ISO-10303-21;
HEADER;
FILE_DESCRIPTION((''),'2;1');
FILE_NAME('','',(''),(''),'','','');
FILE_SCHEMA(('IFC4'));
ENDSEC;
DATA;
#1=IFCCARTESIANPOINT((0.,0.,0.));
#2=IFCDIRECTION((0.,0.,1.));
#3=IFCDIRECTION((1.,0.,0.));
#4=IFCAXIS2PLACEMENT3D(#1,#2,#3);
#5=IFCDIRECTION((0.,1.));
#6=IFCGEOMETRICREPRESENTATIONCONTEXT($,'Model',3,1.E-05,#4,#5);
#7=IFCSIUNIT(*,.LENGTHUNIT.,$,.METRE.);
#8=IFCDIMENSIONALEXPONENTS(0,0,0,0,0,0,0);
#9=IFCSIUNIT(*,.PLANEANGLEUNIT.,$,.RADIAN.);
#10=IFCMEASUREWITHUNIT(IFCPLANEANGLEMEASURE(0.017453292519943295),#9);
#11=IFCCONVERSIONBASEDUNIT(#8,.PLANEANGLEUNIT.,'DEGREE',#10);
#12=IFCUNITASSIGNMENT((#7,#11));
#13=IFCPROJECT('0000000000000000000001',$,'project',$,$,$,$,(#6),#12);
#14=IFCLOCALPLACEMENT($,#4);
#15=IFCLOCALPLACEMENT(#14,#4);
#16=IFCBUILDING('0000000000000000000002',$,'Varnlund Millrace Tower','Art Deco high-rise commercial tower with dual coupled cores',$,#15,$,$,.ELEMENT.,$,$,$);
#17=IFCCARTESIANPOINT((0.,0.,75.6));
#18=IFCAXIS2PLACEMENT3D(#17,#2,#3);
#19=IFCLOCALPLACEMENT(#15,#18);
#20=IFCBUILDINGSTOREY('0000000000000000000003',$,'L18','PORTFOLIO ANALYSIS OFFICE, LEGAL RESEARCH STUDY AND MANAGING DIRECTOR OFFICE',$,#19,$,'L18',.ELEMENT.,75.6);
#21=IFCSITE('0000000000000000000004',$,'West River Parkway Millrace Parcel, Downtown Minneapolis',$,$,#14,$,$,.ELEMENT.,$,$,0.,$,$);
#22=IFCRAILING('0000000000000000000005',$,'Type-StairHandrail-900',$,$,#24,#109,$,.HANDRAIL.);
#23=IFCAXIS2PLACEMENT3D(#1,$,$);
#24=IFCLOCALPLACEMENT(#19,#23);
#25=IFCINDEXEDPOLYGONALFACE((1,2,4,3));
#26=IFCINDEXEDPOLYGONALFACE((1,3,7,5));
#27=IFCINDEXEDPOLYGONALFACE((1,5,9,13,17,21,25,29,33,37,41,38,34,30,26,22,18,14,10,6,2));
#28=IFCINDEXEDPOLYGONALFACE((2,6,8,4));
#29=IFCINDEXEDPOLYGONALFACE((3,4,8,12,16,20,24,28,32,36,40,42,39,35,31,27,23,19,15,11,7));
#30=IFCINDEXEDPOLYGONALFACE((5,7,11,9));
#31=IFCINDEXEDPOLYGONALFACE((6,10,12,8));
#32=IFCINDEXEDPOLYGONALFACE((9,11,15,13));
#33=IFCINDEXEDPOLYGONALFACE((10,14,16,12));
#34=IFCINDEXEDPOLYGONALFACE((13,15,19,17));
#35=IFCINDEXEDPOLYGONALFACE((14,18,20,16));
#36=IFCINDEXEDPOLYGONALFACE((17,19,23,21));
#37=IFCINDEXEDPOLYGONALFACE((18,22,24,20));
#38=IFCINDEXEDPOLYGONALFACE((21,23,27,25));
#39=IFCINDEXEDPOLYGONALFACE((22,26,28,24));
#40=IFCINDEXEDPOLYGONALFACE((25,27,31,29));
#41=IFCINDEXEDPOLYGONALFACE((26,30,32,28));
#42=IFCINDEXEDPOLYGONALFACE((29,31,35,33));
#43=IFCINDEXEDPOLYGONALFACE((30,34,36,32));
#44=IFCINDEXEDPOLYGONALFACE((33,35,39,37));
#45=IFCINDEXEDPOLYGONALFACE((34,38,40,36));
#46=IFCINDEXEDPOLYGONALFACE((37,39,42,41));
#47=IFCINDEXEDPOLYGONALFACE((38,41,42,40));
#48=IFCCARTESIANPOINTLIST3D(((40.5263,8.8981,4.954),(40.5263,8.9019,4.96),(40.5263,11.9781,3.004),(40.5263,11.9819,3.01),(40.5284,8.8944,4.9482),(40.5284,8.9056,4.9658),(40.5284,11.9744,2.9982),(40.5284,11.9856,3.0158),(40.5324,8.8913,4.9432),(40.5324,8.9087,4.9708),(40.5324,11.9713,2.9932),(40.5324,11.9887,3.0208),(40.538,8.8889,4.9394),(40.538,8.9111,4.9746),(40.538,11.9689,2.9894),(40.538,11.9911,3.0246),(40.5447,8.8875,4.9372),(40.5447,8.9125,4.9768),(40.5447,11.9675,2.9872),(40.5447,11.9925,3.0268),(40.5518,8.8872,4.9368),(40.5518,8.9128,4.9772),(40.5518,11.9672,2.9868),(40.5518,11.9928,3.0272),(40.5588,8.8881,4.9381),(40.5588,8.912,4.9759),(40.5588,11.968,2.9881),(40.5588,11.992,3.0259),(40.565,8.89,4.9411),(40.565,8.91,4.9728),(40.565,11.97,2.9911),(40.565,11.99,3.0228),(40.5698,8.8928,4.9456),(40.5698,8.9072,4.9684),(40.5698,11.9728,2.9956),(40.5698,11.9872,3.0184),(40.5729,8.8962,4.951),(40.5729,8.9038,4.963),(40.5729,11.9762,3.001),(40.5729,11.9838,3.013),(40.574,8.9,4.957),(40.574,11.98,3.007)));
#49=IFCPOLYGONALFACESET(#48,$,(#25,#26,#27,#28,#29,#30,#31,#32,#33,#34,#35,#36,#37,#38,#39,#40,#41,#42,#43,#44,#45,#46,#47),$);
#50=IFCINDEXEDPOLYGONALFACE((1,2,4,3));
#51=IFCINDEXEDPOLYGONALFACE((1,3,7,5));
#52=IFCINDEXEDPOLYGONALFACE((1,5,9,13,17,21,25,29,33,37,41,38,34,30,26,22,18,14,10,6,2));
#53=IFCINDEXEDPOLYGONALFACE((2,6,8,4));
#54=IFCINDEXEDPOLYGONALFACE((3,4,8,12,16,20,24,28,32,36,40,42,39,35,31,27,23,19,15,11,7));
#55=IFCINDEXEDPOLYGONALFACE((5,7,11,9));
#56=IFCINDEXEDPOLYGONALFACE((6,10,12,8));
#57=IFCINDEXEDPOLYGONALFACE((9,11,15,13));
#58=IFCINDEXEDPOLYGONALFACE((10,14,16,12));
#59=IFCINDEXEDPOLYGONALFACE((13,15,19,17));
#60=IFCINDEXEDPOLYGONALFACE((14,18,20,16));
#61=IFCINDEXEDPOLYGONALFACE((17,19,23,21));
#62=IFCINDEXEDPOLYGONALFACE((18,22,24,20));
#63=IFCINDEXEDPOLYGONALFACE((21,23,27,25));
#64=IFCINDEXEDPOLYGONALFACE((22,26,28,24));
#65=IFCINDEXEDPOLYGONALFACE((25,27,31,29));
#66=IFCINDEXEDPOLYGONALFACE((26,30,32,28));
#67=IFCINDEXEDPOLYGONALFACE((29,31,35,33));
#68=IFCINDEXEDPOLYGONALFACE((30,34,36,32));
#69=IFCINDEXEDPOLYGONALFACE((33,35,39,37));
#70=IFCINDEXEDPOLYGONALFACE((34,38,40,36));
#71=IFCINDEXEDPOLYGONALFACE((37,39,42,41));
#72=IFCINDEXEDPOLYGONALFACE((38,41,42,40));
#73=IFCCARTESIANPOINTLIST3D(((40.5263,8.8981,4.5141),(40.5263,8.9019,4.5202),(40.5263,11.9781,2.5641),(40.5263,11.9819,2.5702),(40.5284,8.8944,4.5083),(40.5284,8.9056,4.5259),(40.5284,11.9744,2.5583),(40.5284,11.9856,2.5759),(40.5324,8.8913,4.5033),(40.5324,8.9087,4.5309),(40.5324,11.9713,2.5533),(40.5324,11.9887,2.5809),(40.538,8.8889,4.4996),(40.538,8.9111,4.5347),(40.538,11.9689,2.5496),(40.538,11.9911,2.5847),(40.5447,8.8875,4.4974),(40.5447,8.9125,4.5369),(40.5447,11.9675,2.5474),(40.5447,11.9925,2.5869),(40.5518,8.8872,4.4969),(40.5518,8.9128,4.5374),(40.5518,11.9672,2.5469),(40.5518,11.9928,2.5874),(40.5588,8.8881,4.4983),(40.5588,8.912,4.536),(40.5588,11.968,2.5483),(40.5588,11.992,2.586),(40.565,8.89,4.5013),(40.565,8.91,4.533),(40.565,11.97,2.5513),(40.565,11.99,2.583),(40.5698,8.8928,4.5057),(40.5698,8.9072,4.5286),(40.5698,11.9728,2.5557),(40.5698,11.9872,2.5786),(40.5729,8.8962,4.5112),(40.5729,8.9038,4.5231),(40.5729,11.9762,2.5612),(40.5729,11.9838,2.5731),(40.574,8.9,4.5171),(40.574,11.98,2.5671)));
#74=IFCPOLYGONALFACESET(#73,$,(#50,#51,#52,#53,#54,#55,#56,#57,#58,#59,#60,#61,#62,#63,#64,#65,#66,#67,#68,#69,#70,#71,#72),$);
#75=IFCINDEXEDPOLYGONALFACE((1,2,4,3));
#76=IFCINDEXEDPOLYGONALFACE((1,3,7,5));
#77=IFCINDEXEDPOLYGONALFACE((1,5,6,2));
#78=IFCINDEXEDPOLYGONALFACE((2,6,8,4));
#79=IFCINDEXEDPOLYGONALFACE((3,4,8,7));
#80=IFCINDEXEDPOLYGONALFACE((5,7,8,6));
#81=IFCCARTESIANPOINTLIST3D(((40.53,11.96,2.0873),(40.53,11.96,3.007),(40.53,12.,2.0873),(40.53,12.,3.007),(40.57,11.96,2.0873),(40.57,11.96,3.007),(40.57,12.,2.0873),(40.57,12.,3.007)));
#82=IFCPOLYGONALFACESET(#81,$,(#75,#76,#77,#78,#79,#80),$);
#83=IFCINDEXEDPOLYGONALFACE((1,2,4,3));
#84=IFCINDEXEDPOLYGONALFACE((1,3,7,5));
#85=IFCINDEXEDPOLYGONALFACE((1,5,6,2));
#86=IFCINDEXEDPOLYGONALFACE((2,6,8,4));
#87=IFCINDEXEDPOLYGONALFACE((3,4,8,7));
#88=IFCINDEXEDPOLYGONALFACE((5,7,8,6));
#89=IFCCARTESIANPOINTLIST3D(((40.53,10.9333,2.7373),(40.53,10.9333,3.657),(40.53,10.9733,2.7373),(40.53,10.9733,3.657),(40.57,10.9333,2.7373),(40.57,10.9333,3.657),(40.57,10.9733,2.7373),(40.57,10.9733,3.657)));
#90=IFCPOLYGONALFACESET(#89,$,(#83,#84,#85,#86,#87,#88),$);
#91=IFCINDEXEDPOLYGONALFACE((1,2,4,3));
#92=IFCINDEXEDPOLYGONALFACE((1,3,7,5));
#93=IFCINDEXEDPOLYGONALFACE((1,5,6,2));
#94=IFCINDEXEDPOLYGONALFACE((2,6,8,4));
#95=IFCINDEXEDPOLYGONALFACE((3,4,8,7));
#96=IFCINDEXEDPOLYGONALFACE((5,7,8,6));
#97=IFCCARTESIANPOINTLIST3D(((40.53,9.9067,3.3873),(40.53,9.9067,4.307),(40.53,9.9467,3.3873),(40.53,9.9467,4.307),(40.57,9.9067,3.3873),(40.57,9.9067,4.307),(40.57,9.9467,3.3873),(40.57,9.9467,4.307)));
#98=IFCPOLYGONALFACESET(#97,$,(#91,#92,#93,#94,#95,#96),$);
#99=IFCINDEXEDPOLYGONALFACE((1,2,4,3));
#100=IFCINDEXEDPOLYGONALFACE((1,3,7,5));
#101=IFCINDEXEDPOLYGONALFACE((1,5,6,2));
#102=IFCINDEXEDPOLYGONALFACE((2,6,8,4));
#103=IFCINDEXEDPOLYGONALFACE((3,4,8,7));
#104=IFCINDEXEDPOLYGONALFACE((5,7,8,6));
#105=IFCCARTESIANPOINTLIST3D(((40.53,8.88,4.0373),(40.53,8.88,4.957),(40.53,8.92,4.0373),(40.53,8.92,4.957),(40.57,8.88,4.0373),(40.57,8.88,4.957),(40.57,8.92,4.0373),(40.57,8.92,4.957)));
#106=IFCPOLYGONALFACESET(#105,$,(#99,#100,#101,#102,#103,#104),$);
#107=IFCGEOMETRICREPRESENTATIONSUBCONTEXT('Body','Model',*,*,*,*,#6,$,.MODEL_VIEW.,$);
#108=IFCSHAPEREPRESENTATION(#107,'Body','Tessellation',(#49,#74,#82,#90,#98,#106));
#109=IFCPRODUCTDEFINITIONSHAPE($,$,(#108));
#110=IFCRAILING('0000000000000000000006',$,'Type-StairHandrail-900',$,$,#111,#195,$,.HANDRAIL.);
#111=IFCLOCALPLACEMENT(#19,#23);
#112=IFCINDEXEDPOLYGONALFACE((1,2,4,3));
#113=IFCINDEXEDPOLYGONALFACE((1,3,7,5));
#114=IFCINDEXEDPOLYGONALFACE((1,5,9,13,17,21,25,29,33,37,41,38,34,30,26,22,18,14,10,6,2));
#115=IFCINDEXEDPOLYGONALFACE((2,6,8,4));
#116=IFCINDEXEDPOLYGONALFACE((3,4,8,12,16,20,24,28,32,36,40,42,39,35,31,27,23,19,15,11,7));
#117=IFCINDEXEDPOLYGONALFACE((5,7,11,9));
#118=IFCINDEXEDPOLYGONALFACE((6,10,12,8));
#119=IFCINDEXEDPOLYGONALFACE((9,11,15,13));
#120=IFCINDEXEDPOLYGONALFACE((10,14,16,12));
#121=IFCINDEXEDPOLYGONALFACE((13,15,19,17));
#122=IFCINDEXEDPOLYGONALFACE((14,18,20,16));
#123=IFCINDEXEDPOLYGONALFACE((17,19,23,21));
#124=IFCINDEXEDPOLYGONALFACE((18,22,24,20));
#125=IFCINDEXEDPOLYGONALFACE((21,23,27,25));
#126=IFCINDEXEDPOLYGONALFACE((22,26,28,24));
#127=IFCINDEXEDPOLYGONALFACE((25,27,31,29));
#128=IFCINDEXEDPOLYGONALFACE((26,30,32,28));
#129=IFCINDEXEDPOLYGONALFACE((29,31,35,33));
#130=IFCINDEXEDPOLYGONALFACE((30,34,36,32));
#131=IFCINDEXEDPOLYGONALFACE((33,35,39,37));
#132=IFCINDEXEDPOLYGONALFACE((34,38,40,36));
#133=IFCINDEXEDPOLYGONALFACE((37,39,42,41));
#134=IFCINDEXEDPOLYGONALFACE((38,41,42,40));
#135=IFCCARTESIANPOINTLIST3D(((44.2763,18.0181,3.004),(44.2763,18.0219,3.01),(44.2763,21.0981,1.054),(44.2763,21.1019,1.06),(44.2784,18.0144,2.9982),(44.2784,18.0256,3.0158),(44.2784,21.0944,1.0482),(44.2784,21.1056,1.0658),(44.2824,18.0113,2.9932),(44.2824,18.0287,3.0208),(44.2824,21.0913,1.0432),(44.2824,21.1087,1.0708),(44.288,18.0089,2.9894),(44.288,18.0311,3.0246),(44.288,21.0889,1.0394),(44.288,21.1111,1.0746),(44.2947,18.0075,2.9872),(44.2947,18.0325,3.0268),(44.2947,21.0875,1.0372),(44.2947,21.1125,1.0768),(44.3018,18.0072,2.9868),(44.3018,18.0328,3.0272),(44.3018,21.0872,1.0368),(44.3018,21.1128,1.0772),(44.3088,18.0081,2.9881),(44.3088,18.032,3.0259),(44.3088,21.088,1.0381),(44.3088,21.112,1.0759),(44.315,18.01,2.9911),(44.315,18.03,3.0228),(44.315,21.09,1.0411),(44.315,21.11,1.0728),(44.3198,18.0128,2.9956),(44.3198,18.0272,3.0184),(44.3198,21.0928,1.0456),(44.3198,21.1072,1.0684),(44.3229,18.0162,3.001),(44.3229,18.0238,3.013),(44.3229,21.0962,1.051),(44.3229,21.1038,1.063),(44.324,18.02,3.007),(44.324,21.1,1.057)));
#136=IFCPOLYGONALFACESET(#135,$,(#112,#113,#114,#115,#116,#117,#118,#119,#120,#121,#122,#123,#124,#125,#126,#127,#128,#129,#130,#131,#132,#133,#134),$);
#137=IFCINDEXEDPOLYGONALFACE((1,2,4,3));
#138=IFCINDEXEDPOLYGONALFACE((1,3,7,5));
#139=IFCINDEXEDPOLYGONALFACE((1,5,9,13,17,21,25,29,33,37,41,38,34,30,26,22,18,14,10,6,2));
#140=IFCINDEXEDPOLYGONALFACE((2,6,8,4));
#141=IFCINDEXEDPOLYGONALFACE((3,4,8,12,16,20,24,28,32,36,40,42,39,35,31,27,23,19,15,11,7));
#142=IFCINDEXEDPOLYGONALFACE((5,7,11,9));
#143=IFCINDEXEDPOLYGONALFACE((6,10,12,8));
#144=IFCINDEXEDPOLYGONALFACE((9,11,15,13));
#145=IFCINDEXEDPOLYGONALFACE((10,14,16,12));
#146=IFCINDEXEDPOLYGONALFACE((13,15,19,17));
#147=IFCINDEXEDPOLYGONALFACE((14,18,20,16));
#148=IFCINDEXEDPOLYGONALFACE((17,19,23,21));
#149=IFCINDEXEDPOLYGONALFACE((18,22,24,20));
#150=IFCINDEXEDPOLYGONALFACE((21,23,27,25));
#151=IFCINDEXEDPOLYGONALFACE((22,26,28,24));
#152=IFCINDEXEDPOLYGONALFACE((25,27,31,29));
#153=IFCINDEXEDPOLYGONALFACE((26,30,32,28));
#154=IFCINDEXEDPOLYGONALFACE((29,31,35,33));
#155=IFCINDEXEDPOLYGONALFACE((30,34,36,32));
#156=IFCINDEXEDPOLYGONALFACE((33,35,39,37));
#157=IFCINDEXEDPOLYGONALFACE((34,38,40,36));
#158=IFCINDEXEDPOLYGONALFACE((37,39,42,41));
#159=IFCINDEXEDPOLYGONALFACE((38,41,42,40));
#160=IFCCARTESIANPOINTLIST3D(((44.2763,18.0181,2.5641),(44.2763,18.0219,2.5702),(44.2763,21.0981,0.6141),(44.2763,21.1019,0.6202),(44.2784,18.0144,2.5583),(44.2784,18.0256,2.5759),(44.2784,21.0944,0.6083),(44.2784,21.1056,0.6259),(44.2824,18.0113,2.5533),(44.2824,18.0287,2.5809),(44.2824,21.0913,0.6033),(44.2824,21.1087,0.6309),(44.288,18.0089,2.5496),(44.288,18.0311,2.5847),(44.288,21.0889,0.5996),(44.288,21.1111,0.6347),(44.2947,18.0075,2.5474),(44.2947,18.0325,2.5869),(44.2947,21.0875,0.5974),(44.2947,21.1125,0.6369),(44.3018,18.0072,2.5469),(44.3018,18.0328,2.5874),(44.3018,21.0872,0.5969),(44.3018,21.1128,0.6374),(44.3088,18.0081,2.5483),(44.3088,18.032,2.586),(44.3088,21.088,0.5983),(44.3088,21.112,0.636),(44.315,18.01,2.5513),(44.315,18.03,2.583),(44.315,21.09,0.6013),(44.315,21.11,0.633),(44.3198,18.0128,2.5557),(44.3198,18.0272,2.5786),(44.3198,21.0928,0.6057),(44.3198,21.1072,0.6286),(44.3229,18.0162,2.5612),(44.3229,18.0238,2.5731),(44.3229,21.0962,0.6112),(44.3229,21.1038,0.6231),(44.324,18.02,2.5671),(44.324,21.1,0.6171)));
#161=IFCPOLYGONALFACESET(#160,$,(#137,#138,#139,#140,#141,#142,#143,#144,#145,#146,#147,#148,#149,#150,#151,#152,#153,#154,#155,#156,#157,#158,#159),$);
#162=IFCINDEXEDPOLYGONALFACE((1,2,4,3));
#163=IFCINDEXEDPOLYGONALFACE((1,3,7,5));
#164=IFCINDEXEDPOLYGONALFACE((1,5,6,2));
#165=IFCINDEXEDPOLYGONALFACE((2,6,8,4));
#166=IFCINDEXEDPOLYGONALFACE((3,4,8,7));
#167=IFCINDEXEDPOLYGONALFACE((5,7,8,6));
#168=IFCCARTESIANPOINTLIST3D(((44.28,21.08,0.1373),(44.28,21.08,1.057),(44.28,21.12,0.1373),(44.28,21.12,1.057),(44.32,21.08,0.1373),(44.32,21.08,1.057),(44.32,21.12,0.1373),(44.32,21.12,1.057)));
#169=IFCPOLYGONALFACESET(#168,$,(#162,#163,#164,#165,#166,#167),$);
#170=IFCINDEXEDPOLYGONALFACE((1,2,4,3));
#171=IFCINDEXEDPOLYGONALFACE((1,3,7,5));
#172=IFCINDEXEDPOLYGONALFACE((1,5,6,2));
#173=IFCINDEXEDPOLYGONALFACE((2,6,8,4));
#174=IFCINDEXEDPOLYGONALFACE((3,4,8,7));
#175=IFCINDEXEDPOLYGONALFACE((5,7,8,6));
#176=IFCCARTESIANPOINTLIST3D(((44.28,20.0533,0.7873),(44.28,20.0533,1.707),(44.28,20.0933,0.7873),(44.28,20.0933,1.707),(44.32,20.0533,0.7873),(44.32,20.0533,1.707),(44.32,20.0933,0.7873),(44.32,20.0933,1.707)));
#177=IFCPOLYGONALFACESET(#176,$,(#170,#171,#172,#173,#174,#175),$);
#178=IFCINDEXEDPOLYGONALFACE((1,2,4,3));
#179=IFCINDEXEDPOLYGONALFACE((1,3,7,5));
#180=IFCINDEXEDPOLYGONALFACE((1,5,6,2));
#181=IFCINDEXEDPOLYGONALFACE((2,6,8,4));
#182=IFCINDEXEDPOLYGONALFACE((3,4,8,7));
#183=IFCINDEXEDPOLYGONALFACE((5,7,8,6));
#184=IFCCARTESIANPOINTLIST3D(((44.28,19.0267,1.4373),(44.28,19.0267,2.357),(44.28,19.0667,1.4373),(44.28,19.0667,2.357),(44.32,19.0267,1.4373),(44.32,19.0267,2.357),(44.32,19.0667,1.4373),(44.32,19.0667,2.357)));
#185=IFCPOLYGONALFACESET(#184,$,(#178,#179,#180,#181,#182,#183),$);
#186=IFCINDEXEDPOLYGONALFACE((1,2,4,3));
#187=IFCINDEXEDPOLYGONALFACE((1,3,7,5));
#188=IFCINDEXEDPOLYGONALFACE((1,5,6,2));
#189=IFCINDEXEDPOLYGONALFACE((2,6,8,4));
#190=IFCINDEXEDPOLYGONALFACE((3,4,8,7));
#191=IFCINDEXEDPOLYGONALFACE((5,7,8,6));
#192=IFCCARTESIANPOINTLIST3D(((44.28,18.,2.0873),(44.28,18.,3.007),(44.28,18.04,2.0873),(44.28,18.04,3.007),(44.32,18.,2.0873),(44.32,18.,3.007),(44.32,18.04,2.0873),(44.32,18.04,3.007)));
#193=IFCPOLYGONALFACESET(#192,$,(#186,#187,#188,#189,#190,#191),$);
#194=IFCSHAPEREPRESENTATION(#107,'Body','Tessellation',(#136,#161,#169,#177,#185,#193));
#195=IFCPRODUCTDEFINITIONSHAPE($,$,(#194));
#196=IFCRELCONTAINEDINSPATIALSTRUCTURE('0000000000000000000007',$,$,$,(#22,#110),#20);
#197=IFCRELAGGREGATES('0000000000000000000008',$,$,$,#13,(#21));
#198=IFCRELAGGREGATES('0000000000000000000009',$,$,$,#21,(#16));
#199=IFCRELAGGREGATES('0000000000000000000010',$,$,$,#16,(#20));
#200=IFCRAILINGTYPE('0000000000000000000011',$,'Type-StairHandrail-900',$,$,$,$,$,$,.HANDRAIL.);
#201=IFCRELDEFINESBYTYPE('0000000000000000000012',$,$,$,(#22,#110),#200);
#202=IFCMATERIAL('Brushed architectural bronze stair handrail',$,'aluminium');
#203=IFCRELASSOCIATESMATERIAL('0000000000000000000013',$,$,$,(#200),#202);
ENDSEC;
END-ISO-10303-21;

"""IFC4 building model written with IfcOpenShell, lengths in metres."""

from ifc_helpers import new_model, entity, si_unit, converted_unit, direction, frame, origin_with_axes, origin_2d_with_axis, place, context, subcontext, project, spatial, rectangle, circle, extrude, material, type_object, element, save


model = new_model("IFC4")

# Units and contexts
model_context = context("Model", 3, precision=1e-05, world=origin_with_axes(), true_north=direction((0.0, 1.0)))
body_context = subcontext(model_context, "Body", "Model", "MODEL_VIEW")
ifc_project = project(units=[si_unit("LENGTHUNIT", "METRE"), converted_unit("PLANEANGLEUNIT", "DEGREE", entity("IfcPlaneAngleMeasure", 0.017453292519943295), si_unit("PLANEANGLEUNIT", "RADIAN"), dimensions=[0, 0, 0, 0, 0, 0, 0])], contexts=[model_context])

# Site, building, storey
site_placement = place(None, origin_with_axes())
site = spatial("IfcSite", under=ifc_project, at=site_placement, Name="West River Parkway Millrace Parcel, Downtown Minneapolis", CompositionType="ELEMENT", RefElevation=0.0)
building_placement = place(site_placement, origin_with_axes())
building = spatial("IfcBuilding", under=site, at=building_placement, Name="Varnlund Millrace Tower", Description="Art Deco high-rise commercial tower with dual coupled cores", CompositionType="ELEMENT")
storey_placement = place(building_placement, frame((0.0, 0.0, 75.6), z_axis=(0.0, 0.0, 1.0), x_axis=(1.0, 0.0, 0.0)))
storey = spatial("IfcBuildingStorey", under=building, at=storey_placement, Name="L18", Description="PORTFOLIO ANALYSIS OFFICE, LEGAL RESEARCH STUDY AND MANAGING DIRECTOR OFFICE", LongName="L18", CompositionType="ELEMENT", Elevation=75.6)

# Railings
ifc_material_1 = material(Name="Brushed architectural bronze stair handrail", Category="aluminium")
railing_type_1 = type_object("IfcRailingType", Name="Type-StairHandrail-900", PredefinedType="HANDRAIL", material=ifc_material_1)
railing_1_placement = place(storey_placement, frame((0.0, 0.0, -75.6), z_axis=(0.0, 0.0, 1.0), x_axis=(1.0, 0.0, 0.0)))
element("IfcRailing", 1, at=railing_1_placement, inside=storey, type_object=railing_type_1, Name="Type-StairHandrail-900", PredefinedType="HANDRAIL", context=body_context, shape_type="SweptSolid", body=[
    extrude(circle(Radius=0.024, at=origin_2d_with_axis()), frame((40.55, 11.98, 78.607), z_axis=(0.0, -0.844902, 0.534922), x_axis=(1.0, 0.0, 0.0)), (0.0, 0.0, 1.0), 3.6454),
    extrude(circle(Radius=0.024, at=origin_2d_with_axis()), frame((40.55, 11.98, 78.1671), z_axis=(0.0, -0.844902, 0.534922), x_axis=(1.0, 0.0, 0.0)), (0.0, 0.0, 1.0), 3.6454),
    extrude(rectangle(XDim=0.04, YDim=0.04, at=origin_2d_with_axis()), frame((40.55, 11.98, 77.6873), z_axis=(0.0, 0.0, 1.0), x_axis=(1.0, 0.0, 0.0)), (0.0, 0.0, 1.0), 0.9197),
    extrude(rectangle(XDim=0.04, YDim=0.04, at=origin_2d_with_axis()), frame((40.55, 10.9533, 78.3373), z_axis=(0.0, 0.0, 1.0), x_axis=(1.0, 0.0, 0.0)), (0.0, 0.0, 1.0), 0.9197),
    extrude(rectangle(XDim=0.04, YDim=0.04, at=origin_2d_with_axis()), frame((40.55, 9.9267, 78.9873), z_axis=(0.0, 0.0, 1.0), x_axis=(1.0, 0.0, 0.0)), (0.0, 0.0, 1.0), 0.9197),
    extrude(rectangle(XDim=0.04, YDim=0.04, at=origin_2d_with_axis()), frame((40.55, 8.9, 79.6373), z_axis=(0.0, 0.0, 1.0), x_axis=(1.0, 0.0, 0.0)), (0.0, 0.0, 1.0), 0.9197),
])
railing_2_placement = place(storey_placement, frame((0.0, 0.0, -75.6), z_axis=(0.0, 0.0, 1.0), x_axis=(1.0, 0.0, 0.0)))
element("IfcRailing", 2, at=railing_2_placement, inside=storey, type_object=railing_type_1, Name="Type-StairHandrail-900", PredefinedType="HANDRAIL", context=body_context, shape_type="SweptSolid", body=[
    extrude(circle(Radius=0.024, at=origin_2d_with_axis()), frame((44.3, 21.1, 76.657), z_axis=(0.0, -0.844902, 0.534922), x_axis=(1.0, 0.0, 0.0)), (0.0, 0.0, 1.0), 3.6454),
    extrude(circle(Radius=0.024, at=origin_2d_with_axis()), frame((44.3, 21.1, 76.2171), z_axis=(0.0, -0.844902, 0.534922), x_axis=(1.0, 0.0, 0.0)), (0.0, 0.0, 1.0), 3.6454),
    extrude(rectangle(XDim=0.04, YDim=0.04, at=origin_2d_with_axis()), frame((44.3, 21.1, 75.7373), z_axis=(0.0, 0.0, 1.0), x_axis=(1.0, 0.0, 0.0)), (0.0, 0.0, 1.0), 0.9197),
    extrude(rectangle(XDim=0.04, YDim=0.04, at=origin_2d_with_axis()), frame((44.3, 20.0733, 76.3873), z_axis=(0.0, 0.0, 1.0), x_axis=(1.0, 0.0, 0.0)), (0.0, 0.0, 1.0), 0.9197),
    extrude(rectangle(XDim=0.04, YDim=0.04, at=origin_2d_with_axis()), frame((44.3, 19.0467, 77.0373), z_axis=(0.0, 0.0, 1.0), x_axis=(1.0, 0.0, 0.0)), (0.0, 0.0, 1.0), 0.9197),
    extrude(rectangle(XDim=0.04, YDim=0.04, at=origin_2d_with_axis()), frame((44.3, 18.02, 77.6873), z_axis=(0.0, 0.0, 1.0), x_axis=(1.0, 0.0, 0.0)), (0.0, 0.0, 1.0), 0.9197),
])

save(model, "model.ifc")
